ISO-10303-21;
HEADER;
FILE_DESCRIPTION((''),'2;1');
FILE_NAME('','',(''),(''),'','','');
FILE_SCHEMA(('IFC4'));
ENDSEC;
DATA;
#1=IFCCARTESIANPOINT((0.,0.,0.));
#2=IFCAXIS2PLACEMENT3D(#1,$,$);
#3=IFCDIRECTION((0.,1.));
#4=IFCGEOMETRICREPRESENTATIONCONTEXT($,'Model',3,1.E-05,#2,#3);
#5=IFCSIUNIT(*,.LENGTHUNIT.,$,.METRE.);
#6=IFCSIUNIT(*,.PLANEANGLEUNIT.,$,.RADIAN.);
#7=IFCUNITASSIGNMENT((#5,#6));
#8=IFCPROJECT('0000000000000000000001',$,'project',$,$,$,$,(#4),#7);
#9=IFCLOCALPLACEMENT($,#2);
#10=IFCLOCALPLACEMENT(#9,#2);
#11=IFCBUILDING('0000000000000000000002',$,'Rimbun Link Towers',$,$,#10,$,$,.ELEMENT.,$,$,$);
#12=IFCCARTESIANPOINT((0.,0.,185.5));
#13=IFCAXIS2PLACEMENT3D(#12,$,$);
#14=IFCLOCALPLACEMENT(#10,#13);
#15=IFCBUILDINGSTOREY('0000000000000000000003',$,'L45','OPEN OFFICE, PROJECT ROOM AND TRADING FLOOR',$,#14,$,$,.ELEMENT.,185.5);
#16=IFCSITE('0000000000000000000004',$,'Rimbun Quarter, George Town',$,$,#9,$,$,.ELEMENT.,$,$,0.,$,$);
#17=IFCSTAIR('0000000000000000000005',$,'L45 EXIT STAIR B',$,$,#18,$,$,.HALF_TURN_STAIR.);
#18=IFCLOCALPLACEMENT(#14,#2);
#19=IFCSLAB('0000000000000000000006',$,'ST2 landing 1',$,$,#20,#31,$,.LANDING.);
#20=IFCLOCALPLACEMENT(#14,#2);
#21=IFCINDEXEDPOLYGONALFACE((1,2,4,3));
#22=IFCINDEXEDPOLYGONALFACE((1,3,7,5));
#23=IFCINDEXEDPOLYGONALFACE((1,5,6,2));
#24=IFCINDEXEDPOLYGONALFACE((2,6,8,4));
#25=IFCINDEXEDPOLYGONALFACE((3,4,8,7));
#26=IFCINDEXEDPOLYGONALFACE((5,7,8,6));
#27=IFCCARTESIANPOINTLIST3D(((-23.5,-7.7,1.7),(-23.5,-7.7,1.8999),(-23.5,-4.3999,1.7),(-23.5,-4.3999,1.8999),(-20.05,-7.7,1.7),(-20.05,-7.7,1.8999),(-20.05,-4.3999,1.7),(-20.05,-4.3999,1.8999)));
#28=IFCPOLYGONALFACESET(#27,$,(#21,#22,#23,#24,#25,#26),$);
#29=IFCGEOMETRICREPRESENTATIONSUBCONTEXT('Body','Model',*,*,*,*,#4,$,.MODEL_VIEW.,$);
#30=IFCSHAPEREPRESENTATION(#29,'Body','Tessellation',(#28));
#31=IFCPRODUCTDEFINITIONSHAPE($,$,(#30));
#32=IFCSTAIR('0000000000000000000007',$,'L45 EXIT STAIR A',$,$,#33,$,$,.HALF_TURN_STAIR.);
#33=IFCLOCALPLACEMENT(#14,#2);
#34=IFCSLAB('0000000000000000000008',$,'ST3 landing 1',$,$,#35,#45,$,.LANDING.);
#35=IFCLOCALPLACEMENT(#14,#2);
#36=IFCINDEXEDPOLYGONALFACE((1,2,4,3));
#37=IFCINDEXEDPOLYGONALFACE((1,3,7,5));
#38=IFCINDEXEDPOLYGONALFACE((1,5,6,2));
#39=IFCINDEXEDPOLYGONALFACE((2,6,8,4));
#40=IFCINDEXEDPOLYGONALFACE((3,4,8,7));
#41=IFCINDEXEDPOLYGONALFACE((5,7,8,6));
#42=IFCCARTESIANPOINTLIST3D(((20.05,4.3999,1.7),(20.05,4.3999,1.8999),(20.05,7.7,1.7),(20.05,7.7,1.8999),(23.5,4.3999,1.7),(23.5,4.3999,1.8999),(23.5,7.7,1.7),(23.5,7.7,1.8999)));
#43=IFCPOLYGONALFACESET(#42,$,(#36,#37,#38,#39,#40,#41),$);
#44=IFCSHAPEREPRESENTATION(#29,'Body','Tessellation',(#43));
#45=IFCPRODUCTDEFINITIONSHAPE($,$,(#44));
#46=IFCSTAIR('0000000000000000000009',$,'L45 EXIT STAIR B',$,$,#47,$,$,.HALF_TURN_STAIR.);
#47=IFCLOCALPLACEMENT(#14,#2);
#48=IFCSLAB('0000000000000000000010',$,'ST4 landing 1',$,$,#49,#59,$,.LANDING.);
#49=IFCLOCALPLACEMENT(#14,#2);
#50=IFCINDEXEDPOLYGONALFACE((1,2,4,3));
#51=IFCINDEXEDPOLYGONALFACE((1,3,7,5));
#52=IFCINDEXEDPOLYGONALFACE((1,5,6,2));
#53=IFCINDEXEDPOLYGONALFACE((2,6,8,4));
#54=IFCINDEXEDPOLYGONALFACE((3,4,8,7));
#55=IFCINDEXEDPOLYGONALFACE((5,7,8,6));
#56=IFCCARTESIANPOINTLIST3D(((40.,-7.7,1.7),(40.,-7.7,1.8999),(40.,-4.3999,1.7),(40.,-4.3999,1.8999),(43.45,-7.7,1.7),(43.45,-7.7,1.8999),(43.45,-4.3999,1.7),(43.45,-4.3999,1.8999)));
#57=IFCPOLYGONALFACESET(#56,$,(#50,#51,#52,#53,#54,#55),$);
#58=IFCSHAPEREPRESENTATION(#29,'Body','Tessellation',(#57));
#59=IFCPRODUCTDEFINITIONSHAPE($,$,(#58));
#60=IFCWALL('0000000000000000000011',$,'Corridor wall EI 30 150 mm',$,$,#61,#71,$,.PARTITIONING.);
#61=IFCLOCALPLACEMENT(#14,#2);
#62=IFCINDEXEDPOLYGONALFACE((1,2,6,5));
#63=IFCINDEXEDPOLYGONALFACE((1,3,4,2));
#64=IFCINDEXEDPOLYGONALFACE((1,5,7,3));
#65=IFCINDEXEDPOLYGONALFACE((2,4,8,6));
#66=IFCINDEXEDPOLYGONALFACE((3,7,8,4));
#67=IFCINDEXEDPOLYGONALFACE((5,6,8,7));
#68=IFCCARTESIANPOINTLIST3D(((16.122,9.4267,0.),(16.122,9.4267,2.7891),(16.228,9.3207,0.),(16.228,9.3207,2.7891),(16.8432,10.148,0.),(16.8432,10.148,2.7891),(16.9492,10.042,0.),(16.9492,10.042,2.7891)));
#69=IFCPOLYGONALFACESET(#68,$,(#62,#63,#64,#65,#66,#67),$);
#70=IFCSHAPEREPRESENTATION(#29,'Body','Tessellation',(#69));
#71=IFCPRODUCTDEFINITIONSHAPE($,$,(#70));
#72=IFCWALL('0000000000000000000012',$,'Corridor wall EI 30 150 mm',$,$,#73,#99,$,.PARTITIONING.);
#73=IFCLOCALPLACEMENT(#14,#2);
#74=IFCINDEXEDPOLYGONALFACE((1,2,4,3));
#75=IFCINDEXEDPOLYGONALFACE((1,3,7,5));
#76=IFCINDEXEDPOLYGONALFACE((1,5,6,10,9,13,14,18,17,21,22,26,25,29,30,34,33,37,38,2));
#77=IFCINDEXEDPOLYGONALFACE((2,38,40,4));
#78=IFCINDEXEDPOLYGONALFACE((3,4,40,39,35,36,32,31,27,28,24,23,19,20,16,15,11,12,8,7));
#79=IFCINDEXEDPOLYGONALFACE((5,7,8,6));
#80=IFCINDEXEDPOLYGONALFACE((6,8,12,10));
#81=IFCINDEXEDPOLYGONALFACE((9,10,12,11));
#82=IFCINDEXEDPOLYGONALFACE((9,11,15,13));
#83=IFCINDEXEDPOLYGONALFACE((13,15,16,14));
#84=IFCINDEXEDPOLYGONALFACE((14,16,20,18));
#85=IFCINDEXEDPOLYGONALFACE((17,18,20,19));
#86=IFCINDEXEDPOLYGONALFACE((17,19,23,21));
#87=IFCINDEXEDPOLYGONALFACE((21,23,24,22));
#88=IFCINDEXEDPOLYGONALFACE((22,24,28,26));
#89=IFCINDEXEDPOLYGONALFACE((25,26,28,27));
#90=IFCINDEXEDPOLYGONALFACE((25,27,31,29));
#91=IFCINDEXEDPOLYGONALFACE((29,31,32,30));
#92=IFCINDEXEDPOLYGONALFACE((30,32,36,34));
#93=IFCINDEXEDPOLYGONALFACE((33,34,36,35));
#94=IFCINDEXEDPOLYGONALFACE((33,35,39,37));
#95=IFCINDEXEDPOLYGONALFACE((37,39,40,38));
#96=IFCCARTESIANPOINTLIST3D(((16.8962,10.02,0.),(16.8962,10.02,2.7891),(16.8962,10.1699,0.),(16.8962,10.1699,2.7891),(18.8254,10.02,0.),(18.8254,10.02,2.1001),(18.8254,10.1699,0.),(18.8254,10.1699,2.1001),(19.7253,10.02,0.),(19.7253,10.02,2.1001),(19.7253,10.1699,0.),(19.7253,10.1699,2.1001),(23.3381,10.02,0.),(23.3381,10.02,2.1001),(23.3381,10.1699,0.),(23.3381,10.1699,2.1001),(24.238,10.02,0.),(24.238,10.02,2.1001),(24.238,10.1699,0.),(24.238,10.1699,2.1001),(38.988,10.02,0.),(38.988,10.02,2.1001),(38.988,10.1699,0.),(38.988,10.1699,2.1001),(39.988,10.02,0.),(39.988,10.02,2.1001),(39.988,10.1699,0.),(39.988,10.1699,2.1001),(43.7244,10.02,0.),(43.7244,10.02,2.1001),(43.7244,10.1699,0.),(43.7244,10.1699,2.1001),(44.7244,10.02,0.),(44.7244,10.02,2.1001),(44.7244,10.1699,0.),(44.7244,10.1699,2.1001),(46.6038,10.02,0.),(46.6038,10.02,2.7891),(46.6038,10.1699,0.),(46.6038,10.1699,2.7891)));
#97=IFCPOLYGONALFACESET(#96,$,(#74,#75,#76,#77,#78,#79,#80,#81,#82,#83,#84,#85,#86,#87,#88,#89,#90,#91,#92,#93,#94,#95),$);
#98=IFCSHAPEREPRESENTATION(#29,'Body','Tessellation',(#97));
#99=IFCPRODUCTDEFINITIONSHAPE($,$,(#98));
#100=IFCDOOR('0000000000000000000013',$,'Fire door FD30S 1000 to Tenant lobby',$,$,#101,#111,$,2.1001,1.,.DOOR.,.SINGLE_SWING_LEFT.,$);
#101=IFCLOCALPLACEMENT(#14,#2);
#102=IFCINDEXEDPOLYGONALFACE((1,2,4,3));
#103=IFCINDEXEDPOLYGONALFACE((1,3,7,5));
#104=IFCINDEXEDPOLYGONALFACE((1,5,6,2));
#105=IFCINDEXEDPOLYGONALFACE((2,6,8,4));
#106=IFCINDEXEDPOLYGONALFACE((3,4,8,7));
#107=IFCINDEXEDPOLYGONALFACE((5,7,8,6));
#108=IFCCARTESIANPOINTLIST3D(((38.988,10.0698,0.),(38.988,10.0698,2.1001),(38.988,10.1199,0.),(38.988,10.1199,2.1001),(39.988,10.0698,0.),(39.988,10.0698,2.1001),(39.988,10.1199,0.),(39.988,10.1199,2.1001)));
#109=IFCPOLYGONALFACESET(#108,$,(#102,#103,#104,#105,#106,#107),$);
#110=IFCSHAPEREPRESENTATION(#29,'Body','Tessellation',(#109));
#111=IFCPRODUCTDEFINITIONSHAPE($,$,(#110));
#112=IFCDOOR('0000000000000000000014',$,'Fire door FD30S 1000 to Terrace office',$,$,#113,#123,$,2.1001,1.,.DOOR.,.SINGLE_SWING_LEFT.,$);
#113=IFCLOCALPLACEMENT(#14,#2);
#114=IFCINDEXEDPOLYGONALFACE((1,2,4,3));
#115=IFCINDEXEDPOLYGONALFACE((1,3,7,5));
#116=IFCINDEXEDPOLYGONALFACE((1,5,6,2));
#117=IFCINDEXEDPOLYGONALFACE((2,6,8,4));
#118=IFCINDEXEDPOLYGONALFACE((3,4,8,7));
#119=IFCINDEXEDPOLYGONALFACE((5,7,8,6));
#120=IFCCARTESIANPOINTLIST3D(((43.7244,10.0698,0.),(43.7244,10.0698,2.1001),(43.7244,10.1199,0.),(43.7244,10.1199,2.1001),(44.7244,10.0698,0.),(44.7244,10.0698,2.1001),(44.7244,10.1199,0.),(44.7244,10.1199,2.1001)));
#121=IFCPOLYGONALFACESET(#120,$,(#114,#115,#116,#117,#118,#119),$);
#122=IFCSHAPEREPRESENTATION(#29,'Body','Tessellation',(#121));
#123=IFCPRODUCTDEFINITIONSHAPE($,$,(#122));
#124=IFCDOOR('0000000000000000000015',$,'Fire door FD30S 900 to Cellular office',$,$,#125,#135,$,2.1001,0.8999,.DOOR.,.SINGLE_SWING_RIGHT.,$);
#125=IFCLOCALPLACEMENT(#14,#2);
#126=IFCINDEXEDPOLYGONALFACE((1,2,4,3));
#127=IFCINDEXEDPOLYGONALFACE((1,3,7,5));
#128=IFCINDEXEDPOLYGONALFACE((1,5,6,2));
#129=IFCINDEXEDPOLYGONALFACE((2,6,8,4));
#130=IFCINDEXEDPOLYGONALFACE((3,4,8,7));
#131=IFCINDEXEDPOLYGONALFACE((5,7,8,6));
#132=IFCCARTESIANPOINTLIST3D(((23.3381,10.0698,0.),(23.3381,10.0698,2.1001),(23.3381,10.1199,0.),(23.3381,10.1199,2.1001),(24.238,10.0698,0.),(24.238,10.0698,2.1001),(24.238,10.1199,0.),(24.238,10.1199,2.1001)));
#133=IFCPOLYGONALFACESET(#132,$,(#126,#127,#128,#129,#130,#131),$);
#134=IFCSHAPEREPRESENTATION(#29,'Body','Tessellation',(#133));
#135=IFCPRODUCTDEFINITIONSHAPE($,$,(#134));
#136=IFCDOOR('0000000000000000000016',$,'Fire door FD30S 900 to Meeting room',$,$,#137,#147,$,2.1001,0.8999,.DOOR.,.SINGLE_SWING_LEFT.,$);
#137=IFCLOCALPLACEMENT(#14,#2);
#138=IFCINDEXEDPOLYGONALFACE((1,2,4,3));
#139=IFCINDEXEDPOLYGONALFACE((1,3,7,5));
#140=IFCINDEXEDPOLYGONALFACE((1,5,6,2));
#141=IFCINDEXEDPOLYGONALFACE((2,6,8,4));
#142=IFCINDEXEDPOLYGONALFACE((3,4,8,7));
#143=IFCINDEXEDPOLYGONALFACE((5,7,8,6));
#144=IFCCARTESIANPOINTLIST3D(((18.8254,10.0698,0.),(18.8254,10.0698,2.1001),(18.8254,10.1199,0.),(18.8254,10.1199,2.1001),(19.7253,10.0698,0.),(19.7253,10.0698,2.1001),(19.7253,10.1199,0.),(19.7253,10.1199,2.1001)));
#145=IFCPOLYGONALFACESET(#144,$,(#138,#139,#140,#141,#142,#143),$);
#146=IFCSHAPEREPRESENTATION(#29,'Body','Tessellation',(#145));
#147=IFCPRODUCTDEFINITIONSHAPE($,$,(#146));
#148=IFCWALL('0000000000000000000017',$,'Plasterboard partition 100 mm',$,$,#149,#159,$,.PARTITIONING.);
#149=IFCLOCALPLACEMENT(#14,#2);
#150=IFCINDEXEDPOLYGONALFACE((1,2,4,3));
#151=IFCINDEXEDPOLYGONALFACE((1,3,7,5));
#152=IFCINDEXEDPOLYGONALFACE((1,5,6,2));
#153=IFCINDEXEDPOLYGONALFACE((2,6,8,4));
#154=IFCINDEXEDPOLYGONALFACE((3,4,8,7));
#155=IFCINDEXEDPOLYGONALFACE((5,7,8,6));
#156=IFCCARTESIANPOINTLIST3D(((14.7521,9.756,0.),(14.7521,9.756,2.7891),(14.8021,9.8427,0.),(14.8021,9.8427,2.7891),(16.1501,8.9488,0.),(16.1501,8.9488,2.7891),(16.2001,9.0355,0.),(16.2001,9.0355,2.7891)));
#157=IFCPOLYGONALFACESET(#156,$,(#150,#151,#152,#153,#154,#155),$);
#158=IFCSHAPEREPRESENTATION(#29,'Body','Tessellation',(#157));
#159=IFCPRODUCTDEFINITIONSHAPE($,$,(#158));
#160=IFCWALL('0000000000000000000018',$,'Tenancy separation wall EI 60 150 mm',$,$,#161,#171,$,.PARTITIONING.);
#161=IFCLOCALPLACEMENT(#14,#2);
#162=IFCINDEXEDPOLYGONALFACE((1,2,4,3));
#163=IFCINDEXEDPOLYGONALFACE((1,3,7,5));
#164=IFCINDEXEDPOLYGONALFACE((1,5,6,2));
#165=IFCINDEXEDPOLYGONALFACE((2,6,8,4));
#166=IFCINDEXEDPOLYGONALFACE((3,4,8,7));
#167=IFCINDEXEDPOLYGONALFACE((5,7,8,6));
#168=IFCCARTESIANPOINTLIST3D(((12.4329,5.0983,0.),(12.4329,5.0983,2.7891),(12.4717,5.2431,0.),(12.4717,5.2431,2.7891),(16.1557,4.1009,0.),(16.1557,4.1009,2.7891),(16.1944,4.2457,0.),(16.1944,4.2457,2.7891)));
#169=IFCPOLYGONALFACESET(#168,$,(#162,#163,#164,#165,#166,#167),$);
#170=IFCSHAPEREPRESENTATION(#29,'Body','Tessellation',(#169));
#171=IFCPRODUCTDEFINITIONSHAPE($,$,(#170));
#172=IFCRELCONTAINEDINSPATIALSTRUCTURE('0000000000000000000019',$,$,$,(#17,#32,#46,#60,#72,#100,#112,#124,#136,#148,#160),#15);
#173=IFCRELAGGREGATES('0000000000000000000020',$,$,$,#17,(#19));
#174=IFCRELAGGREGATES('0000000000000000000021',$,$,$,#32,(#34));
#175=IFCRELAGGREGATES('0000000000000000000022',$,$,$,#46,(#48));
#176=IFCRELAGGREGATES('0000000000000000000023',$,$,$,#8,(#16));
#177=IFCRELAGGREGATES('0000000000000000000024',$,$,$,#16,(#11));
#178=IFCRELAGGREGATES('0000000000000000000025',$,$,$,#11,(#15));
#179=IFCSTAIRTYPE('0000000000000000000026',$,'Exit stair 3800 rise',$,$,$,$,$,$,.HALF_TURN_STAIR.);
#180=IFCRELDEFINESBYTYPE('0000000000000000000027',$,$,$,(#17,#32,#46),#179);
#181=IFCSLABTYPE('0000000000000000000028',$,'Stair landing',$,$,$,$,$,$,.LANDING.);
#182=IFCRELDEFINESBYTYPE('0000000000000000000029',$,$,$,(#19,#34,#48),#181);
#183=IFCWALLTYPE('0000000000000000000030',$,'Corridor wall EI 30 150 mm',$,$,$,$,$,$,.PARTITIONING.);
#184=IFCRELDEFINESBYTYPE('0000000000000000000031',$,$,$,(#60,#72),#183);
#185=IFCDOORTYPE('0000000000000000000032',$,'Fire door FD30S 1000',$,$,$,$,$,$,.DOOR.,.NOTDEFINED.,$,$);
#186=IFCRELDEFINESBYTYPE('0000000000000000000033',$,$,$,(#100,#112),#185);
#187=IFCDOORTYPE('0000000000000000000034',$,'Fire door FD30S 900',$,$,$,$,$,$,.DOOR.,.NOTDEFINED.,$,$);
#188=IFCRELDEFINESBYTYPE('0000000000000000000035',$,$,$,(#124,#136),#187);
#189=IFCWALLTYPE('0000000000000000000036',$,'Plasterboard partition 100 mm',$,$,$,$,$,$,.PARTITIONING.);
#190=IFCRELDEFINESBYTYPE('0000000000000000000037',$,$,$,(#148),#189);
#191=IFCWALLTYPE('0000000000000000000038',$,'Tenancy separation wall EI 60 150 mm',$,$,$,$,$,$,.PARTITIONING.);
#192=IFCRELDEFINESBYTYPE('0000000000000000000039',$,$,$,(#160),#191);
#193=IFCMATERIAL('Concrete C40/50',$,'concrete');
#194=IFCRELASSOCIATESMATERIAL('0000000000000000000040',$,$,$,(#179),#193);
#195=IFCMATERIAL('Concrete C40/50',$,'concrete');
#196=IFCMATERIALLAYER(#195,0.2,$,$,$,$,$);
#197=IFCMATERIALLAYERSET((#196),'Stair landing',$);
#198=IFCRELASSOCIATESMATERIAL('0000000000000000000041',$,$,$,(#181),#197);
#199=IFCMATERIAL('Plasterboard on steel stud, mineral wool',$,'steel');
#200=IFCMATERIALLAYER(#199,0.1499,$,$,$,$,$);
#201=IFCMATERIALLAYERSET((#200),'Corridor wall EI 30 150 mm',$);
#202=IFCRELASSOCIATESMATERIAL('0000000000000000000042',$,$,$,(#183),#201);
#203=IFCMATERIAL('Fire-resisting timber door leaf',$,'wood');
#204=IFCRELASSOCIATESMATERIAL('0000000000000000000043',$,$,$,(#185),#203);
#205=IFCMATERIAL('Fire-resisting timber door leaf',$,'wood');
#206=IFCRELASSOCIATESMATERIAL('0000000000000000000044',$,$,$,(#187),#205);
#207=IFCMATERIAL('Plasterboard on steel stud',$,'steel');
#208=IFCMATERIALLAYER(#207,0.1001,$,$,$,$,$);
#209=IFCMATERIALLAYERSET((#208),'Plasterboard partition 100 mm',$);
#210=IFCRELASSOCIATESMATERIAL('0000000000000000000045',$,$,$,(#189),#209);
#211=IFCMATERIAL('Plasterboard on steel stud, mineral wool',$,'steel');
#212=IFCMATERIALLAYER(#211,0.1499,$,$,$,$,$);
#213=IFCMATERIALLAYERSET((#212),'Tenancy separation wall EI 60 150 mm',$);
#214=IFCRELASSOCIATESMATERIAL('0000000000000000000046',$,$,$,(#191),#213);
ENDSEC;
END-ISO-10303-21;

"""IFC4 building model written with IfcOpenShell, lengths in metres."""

from ifc_helpers import new_model, si_unit, direction, frame, frame_2d, origin, place, context, subcontext, project, spatial, polyline, rectangle, outline, extrude, material, layer, layer_set, type_object, element, fill, aggregate, save


model = new_model("IFC4")

# Units and contexts
model_context = context("Model", 3, precision=1e-05, world=origin(), true_north=direction((0.0, 1.0)))
body_context = subcontext(model_context, "Body", "Model", "MODEL_VIEW")
ifc_project = project(units=[si_unit("LENGTHUNIT", "METRE"), si_unit("PLANEANGLEUNIT", "RADIAN")], contexts=[model_context])

# Site, building, storey
site_placement = place(None, origin())
site = spatial("IfcSite", under=ifc_project, at=site_placement, Name="Rimbun Quarter, George Town", CompositionType="ELEMENT", RefElevation=0.0)
building_placement = place(site_placement, origin())
building = spatial("IfcBuilding", under=site, at=building_placement, Name="Rimbun Link Towers", CompositionType="ELEMENT")
storey_placement = place(building_placement, frame((0.0, 0.0, 185.5)))
storey = spatial("IfcBuildingStorey", under=building, at=storey_placement, Name="L45", Description="OPEN OFFICE, PROJECT ROOM AND TRADING FLOOR", CompositionType="ELEMENT", Elevation=185.5)

# Stairs, slabs
ifc_material_1 = material(Name="Concrete C40/50", Category="concrete")
stair_type = type_object("IfcStairType", Name="Exit stair 3800 rise", PredefinedType="HALF_TURN_STAIR", material=ifc_material_1)
ifc_material_2 = material(Name="Concrete C40/50", Category="concrete")
ifc_layer_1 = layer(ifc_material_2, 0.2)
ifc_layer_set_1 = layer_set([ifc_layer_1], Name="Stair landing")
slab_type = type_object("IfcSlabType", Name="Stair landing", PredefinedType="LANDING", material=ifc_layer_set_1)
stair_1_placement = place(storey_placement, origin())
stair_1 = element("IfcStair", 1, at=stair_1_placement, inside=storey, type_object=stair_type, Name="L45 EXIT STAIR B", PredefinedType="HALF_TURN_STAIR")
slab_1_placement = place(storey_placement, frame((0.0, 0.0, 1.7)))
slab_1 = element("IfcSlab", 2, at=slab_1_placement, type_object=slab_type, Name="ST2 landing 1", PredefinedType="LANDING", context=body_context, shape_type="SweptSolid", body=[
    extrude(outline(polyline([(-23.5, -7.7), (-20.05, -7.7), (-20.05, -4.3999), (-23.5, -4.3999), (-23.5, -7.7)])), origin(), (0.0, 0.0, 1.0), 0.2),
])
aggregate(stair_1, [slab_1])
stair_2_placement = place(storey_placement, origin())
stair_2 = element("IfcStair", 3, at=stair_2_placement, inside=storey, type_object=stair_type, Name="L45 EXIT STAIR A", PredefinedType="HALF_TURN_STAIR")
slab_2_placement = place(storey_placement, frame((0.0, 0.0, 1.7)))
slab_2 = element("IfcSlab", 4, at=slab_2_placement, type_object=slab_type, Name="ST3 landing 1", PredefinedType="LANDING", context=body_context, shape_type="SweptSolid", body=[
    extrude(outline(polyline([(23.5, 7.7), (20.05, 7.7), (20.05, 4.3999), (23.5, 4.3999), (23.5, 7.7)])), origin(), (0.0, 0.0, 1.0), 0.2),
])
aggregate(stair_2, [slab_2])
stair_3_placement = place(storey_placement, origin())
stair_3 = element("IfcStair", 5, at=stair_3_placement, inside=storey, type_object=stair_type, Name="L45 EXIT STAIR B", PredefinedType="HALF_TURN_STAIR")
slab_3_placement = place(storey_placement, frame((0.0, 0.0, 1.7)))
slab_3 = element("IfcSlab", 6, at=slab_3_placement, type_object=slab_type, Name="ST4 landing 1", PredefinedType="LANDING", context=body_context, shape_type="SweptSolid", body=[
    extrude(outline(polyline([(40.0, -7.7), (43.45, -7.7), (43.45, -4.3999), (40.0, -4.3999), (40.0, -7.7)])), origin(), (0.0, 0.0, 1.0), 0.2),
])
aggregate(stair_3, [slab_3])

# Wall
ifc_material_3 = material(Name="Plasterboard on steel stud, mineral wool", Category="steel")
ifc_layer_2 = layer(ifc_material_3, 0.1499)
ifc_layer_set_2 = layer_set([ifc_layer_2], Name="Corridor wall EI 30 150 mm")
wall_type_1 = type_object("IfcWallType", Name="Corridor wall EI 30 150 mm", PredefinedType="PARTITIONING", material=ifc_layer_set_2)
wall_1_placement = place(storey_placement, frame((16.8962, 10.095, 0.0), z_axis=(0.0, 0.0, 1.0), x_axis=(-0.707107, -0.707107, 0.0)))
element("IfcWall", 7, at=wall_1_placement, inside=storey, type_object=wall_type_1, Name="Corridor wall EI 30 150 mm", PredefinedType="PARTITIONING", context=body_context, shape_type="SweptSolid", body=[
    extrude(rectangle(XDim=1.02, YDim=0.1499, at=frame_2d((0.51, 0.0))), origin(), (0.0, 0.0, 1.0), 2.7891),
])

# Wall, openings, doors
wall_2_placement = place(storey_placement, frame((16.8962, 10.095, 0.0), z_axis=(0.0, 0.0, 1.0), x_axis=(1.0, 0.0, 0.0)))
wall_2 = element("IfcWall", 8, at=wall_2_placement, inside=storey, type_object=wall_type_1, Name="Corridor wall EI 30 150 mm", PredefinedType="PARTITIONING", context=body_context, shape_type="SweptSolid", body=[
    extrude(rectangle(XDim=29.7075, YDim=0.1499, at=frame_2d((14.8538, 0.0))), origin(), (0.0, 0.0, 1.0), 2.7891),
])
opening_1_placement = place(wall_2_placement, frame((22.0918, 0.0, 0.0)))
opening_1 = element("IfcOpeningElement", 9, at=opening_1_placement, cuts=wall_2, PredefinedType="OPENING", context=body_context, shape_type="SweptSolid", body=[
    extrude(rectangle(XDim=1.0, YDim=2.1001, at=frame_2d((0.5, 1.05))), frame((0.0, 0.085, 0.0), z_axis=(0.0, -1.0, 0.0), x_axis=(1.0, 0.0, 0.0)), (0.0, 0.0, 1.0), 0.1699),
])
opening_2_placement = place(wall_2_placement, frame((6.4419, 0.0, 0.0)))
opening_2 = element("IfcOpeningElement", 10, at=opening_2_placement, cuts=wall_2, PredefinedType="OPENING", context=body_context, shape_type="SweptSolid", body=[
    extrude(rectangle(XDim=0.8999, YDim=2.1001, at=frame_2d((0.45, 1.05))), frame((0.0, 0.085, 0.0), z_axis=(0.0, -1.0, 0.0), x_axis=(1.0, 0.0, 0.0)), (0.0, 0.0, 1.0), 0.1699),
])
opening_3_placement = place(wall_2_placement, frame((1.9292, 0.0, 0.0)))
opening_3 = element("IfcOpeningElement", 11, at=opening_3_placement, cuts=wall_2, PredefinedType="OPENING", context=body_context, shape_type="SweptSolid", body=[
    extrude(rectangle(XDim=0.8999, YDim=2.1001, at=frame_2d((0.45, 1.05))), frame((0.0, 0.085, 0.0), z_axis=(0.0, -1.0, 0.0), x_axis=(1.0, 0.0, 0.0)), (0.0, 0.0, 1.0), 0.1699),
])
opening_4_placement = place(wall_2_placement, frame((26.8281, 0.0, 0.0)))
opening_4 = element("IfcOpeningElement", 12, at=opening_4_placement, cuts=wall_2, PredefinedType="OPENING", context=body_context, shape_type="SweptSolid", body=[
    extrude(rectangle(XDim=1.0, YDim=2.1001, at=frame_2d((0.5, 1.05))), frame((0.0, 0.085, 0.0), z_axis=(0.0, -1.0, 0.0), x_axis=(1.0, 0.0, 0.0)), (0.0, 0.0, 1.0), 0.1699),
])
ifc_material_4 = material(Name="Fire-resisting timber door leaf", Category="wood")
door_type_1 = type_object("IfcDoorType", Name="Fire door FD30S 1000", OperationType="NOTDEFINED", PredefinedType="DOOR", material=ifc_material_4)
door_1_placement = place(opening_1_placement, origin())
door_1 = element("IfcDoor", 13, at=door_1_placement, inside=storey, type_object=door_type_1, Name="Fire door FD30S 1000 to Tenant lobby", OperationType="SINGLE_SWING_LEFT", OverallHeight=2.1001, OverallWidth=1.0, PredefinedType="DOOR", context=body_context, shape_type="SweptSolid", body=[
    extrude(rectangle(XDim=1.0, YDim=2.1001, at=frame_2d((0.5, 1.05))), frame((0.0, 0.0249, 0.0), z_axis=(0.0, -1.0, 0.0), x_axis=(1.0, 0.0, 0.0)), (0.0, 0.0, 1.0), 0.05),
])
fill(opening_1, door_1)
door_2_placement = place(opening_4_placement, origin())
door_2 = element("IfcDoor", 14, at=door_2_placement, inside=storey, type_object=door_type_1, Name="Fire door FD30S 1000 to Terrace office", OperationType="SINGLE_SWING_LEFT", OverallHeight=2.1001, OverallWidth=1.0, PredefinedType="DOOR", context=body_context, shape_type="SweptSolid", body=[
    extrude(rectangle(XDim=1.0, YDim=2.1001, at=frame_2d((0.5, 1.05))), frame((0.0, 0.0249, 0.0), z_axis=(0.0, -1.0, 0.0), x_axis=(1.0, 0.0, 0.0)), (0.0, 0.0, 1.0), 0.05),
])
fill(opening_4, door_2)
ifc_material_5 = material(Name="Fire-resisting timber door leaf", Category="wood")
door_type_2 = type_object("IfcDoorType", Name="Fire door FD30S 900", OperationType="NOTDEFINED", PredefinedType="DOOR", material=ifc_material_5)
door_3_placement = place(opening_2_placement, origin())
door_3 = element("IfcDoor", 15, at=door_3_placement, inside=storey, type_object=door_type_2, Name="Fire door FD30S 900 to Cellular office", OperationType="SINGLE_SWING_RIGHT", OverallHeight=2.1001, OverallWidth=0.8999, PredefinedType="DOOR", context=body_context, shape_type="SweptSolid", body=[
    extrude(rectangle(XDim=0.8999, YDim=2.1001, at=frame_2d((0.45, 1.05))), frame((0.0, 0.0249, 0.0), z_axis=(0.0, -1.0, 0.0), x_axis=(1.0, 0.0, 0.0)), (0.0, 0.0, 1.0), 0.05),
])
fill(opening_2, door_3)
door_4_placement = place(opening_3_placement, origin())
door_4 = element("IfcDoor", 16, at=door_4_placement, inside=storey, type_object=door_type_2, Name="Fire door FD30S 900 to Meeting room", OperationType="SINGLE_SWING_LEFT", OverallHeight=2.1001, OverallWidth=0.8999, PredefinedType="DOOR", context=body_context, shape_type="SweptSolid", body=[
    extrude(rectangle(XDim=0.8999, YDim=2.1001, at=frame_2d((0.45, 1.05))), frame((0.0, 0.0249, 0.0), z_axis=(0.0, -1.0, 0.0), x_axis=(1.0, 0.0, 0.0)), (0.0, 0.0, 1.0), 0.05),
])
fill(opening_3, door_4)

# Walls
ifc_material_6 = material(Name="Plasterboard on steel stud", Category="steel")
ifc_layer_3 = layer(ifc_material_6, 0.1001)
ifc_layer_set_3 = layer_set([ifc_layer_3], Name="Plasterboard partition 100 mm")
wall_type_2 = type_object("IfcWallType", Name="Plasterboard partition 100 mm", PredefinedType="PARTITIONING", material=ifc_layer_set_3)
wall_3_placement = place(storey_placement, frame((14.7771, 9.7993, 0.0), z_axis=(0.0, 0.0, 1.0), x_axis=(0.866019, -0.50001, 0.0)))
element("IfcWall", 17, at=wall_3_placement, inside=storey, type_object=wall_type_2, Name="Plasterboard partition 100 mm", PredefinedType="PARTITIONING", context=body_context, shape_type="SweptSolid", body=[
    extrude(rectangle(XDim=1.6143, YDim=0.1001, at=frame_2d((0.8071, 0.0))), origin(), (0.0, 0.0, 1.0), 2.7891),
])
ifc_material_7 = material(Name="Plasterboard on steel stud, mineral wool", Category="steel")
ifc_layer_4 = layer(ifc_material_7, 0.1499)
ifc_layer_set_4 = layer_set([ifc_layer_4], Name="Tenancy separation wall EI 60 150 mm")
wall_type_3 = type_object("IfcWallType", Name="Tenancy separation wall EI 60 150 mm", PredefinedType="PARTITIONING", material=ifc_layer_set_4)
wall_4_placement = place(storey_placement, frame((16.175, 4.1733, 0.0), z_axis=(0.0, 0.0, 1.0), x_axis=(-0.965937, 0.258778, 0.0)))
element("IfcWall", 18, at=wall_4_placement, inside=storey, type_object=wall_type_3, Name="Tenancy separation wall EI 60 150 mm", PredefinedType="PARTITIONING", context=body_context, shape_type="SweptSolid", body=[
    extrude(rectangle(XDim=3.854, YDim=0.1499, at=frame_2d((1.927, 0.0))), origin(), (0.0, 0.0, 1.0), 2.7891),
])

save(model, "model.ifc")
